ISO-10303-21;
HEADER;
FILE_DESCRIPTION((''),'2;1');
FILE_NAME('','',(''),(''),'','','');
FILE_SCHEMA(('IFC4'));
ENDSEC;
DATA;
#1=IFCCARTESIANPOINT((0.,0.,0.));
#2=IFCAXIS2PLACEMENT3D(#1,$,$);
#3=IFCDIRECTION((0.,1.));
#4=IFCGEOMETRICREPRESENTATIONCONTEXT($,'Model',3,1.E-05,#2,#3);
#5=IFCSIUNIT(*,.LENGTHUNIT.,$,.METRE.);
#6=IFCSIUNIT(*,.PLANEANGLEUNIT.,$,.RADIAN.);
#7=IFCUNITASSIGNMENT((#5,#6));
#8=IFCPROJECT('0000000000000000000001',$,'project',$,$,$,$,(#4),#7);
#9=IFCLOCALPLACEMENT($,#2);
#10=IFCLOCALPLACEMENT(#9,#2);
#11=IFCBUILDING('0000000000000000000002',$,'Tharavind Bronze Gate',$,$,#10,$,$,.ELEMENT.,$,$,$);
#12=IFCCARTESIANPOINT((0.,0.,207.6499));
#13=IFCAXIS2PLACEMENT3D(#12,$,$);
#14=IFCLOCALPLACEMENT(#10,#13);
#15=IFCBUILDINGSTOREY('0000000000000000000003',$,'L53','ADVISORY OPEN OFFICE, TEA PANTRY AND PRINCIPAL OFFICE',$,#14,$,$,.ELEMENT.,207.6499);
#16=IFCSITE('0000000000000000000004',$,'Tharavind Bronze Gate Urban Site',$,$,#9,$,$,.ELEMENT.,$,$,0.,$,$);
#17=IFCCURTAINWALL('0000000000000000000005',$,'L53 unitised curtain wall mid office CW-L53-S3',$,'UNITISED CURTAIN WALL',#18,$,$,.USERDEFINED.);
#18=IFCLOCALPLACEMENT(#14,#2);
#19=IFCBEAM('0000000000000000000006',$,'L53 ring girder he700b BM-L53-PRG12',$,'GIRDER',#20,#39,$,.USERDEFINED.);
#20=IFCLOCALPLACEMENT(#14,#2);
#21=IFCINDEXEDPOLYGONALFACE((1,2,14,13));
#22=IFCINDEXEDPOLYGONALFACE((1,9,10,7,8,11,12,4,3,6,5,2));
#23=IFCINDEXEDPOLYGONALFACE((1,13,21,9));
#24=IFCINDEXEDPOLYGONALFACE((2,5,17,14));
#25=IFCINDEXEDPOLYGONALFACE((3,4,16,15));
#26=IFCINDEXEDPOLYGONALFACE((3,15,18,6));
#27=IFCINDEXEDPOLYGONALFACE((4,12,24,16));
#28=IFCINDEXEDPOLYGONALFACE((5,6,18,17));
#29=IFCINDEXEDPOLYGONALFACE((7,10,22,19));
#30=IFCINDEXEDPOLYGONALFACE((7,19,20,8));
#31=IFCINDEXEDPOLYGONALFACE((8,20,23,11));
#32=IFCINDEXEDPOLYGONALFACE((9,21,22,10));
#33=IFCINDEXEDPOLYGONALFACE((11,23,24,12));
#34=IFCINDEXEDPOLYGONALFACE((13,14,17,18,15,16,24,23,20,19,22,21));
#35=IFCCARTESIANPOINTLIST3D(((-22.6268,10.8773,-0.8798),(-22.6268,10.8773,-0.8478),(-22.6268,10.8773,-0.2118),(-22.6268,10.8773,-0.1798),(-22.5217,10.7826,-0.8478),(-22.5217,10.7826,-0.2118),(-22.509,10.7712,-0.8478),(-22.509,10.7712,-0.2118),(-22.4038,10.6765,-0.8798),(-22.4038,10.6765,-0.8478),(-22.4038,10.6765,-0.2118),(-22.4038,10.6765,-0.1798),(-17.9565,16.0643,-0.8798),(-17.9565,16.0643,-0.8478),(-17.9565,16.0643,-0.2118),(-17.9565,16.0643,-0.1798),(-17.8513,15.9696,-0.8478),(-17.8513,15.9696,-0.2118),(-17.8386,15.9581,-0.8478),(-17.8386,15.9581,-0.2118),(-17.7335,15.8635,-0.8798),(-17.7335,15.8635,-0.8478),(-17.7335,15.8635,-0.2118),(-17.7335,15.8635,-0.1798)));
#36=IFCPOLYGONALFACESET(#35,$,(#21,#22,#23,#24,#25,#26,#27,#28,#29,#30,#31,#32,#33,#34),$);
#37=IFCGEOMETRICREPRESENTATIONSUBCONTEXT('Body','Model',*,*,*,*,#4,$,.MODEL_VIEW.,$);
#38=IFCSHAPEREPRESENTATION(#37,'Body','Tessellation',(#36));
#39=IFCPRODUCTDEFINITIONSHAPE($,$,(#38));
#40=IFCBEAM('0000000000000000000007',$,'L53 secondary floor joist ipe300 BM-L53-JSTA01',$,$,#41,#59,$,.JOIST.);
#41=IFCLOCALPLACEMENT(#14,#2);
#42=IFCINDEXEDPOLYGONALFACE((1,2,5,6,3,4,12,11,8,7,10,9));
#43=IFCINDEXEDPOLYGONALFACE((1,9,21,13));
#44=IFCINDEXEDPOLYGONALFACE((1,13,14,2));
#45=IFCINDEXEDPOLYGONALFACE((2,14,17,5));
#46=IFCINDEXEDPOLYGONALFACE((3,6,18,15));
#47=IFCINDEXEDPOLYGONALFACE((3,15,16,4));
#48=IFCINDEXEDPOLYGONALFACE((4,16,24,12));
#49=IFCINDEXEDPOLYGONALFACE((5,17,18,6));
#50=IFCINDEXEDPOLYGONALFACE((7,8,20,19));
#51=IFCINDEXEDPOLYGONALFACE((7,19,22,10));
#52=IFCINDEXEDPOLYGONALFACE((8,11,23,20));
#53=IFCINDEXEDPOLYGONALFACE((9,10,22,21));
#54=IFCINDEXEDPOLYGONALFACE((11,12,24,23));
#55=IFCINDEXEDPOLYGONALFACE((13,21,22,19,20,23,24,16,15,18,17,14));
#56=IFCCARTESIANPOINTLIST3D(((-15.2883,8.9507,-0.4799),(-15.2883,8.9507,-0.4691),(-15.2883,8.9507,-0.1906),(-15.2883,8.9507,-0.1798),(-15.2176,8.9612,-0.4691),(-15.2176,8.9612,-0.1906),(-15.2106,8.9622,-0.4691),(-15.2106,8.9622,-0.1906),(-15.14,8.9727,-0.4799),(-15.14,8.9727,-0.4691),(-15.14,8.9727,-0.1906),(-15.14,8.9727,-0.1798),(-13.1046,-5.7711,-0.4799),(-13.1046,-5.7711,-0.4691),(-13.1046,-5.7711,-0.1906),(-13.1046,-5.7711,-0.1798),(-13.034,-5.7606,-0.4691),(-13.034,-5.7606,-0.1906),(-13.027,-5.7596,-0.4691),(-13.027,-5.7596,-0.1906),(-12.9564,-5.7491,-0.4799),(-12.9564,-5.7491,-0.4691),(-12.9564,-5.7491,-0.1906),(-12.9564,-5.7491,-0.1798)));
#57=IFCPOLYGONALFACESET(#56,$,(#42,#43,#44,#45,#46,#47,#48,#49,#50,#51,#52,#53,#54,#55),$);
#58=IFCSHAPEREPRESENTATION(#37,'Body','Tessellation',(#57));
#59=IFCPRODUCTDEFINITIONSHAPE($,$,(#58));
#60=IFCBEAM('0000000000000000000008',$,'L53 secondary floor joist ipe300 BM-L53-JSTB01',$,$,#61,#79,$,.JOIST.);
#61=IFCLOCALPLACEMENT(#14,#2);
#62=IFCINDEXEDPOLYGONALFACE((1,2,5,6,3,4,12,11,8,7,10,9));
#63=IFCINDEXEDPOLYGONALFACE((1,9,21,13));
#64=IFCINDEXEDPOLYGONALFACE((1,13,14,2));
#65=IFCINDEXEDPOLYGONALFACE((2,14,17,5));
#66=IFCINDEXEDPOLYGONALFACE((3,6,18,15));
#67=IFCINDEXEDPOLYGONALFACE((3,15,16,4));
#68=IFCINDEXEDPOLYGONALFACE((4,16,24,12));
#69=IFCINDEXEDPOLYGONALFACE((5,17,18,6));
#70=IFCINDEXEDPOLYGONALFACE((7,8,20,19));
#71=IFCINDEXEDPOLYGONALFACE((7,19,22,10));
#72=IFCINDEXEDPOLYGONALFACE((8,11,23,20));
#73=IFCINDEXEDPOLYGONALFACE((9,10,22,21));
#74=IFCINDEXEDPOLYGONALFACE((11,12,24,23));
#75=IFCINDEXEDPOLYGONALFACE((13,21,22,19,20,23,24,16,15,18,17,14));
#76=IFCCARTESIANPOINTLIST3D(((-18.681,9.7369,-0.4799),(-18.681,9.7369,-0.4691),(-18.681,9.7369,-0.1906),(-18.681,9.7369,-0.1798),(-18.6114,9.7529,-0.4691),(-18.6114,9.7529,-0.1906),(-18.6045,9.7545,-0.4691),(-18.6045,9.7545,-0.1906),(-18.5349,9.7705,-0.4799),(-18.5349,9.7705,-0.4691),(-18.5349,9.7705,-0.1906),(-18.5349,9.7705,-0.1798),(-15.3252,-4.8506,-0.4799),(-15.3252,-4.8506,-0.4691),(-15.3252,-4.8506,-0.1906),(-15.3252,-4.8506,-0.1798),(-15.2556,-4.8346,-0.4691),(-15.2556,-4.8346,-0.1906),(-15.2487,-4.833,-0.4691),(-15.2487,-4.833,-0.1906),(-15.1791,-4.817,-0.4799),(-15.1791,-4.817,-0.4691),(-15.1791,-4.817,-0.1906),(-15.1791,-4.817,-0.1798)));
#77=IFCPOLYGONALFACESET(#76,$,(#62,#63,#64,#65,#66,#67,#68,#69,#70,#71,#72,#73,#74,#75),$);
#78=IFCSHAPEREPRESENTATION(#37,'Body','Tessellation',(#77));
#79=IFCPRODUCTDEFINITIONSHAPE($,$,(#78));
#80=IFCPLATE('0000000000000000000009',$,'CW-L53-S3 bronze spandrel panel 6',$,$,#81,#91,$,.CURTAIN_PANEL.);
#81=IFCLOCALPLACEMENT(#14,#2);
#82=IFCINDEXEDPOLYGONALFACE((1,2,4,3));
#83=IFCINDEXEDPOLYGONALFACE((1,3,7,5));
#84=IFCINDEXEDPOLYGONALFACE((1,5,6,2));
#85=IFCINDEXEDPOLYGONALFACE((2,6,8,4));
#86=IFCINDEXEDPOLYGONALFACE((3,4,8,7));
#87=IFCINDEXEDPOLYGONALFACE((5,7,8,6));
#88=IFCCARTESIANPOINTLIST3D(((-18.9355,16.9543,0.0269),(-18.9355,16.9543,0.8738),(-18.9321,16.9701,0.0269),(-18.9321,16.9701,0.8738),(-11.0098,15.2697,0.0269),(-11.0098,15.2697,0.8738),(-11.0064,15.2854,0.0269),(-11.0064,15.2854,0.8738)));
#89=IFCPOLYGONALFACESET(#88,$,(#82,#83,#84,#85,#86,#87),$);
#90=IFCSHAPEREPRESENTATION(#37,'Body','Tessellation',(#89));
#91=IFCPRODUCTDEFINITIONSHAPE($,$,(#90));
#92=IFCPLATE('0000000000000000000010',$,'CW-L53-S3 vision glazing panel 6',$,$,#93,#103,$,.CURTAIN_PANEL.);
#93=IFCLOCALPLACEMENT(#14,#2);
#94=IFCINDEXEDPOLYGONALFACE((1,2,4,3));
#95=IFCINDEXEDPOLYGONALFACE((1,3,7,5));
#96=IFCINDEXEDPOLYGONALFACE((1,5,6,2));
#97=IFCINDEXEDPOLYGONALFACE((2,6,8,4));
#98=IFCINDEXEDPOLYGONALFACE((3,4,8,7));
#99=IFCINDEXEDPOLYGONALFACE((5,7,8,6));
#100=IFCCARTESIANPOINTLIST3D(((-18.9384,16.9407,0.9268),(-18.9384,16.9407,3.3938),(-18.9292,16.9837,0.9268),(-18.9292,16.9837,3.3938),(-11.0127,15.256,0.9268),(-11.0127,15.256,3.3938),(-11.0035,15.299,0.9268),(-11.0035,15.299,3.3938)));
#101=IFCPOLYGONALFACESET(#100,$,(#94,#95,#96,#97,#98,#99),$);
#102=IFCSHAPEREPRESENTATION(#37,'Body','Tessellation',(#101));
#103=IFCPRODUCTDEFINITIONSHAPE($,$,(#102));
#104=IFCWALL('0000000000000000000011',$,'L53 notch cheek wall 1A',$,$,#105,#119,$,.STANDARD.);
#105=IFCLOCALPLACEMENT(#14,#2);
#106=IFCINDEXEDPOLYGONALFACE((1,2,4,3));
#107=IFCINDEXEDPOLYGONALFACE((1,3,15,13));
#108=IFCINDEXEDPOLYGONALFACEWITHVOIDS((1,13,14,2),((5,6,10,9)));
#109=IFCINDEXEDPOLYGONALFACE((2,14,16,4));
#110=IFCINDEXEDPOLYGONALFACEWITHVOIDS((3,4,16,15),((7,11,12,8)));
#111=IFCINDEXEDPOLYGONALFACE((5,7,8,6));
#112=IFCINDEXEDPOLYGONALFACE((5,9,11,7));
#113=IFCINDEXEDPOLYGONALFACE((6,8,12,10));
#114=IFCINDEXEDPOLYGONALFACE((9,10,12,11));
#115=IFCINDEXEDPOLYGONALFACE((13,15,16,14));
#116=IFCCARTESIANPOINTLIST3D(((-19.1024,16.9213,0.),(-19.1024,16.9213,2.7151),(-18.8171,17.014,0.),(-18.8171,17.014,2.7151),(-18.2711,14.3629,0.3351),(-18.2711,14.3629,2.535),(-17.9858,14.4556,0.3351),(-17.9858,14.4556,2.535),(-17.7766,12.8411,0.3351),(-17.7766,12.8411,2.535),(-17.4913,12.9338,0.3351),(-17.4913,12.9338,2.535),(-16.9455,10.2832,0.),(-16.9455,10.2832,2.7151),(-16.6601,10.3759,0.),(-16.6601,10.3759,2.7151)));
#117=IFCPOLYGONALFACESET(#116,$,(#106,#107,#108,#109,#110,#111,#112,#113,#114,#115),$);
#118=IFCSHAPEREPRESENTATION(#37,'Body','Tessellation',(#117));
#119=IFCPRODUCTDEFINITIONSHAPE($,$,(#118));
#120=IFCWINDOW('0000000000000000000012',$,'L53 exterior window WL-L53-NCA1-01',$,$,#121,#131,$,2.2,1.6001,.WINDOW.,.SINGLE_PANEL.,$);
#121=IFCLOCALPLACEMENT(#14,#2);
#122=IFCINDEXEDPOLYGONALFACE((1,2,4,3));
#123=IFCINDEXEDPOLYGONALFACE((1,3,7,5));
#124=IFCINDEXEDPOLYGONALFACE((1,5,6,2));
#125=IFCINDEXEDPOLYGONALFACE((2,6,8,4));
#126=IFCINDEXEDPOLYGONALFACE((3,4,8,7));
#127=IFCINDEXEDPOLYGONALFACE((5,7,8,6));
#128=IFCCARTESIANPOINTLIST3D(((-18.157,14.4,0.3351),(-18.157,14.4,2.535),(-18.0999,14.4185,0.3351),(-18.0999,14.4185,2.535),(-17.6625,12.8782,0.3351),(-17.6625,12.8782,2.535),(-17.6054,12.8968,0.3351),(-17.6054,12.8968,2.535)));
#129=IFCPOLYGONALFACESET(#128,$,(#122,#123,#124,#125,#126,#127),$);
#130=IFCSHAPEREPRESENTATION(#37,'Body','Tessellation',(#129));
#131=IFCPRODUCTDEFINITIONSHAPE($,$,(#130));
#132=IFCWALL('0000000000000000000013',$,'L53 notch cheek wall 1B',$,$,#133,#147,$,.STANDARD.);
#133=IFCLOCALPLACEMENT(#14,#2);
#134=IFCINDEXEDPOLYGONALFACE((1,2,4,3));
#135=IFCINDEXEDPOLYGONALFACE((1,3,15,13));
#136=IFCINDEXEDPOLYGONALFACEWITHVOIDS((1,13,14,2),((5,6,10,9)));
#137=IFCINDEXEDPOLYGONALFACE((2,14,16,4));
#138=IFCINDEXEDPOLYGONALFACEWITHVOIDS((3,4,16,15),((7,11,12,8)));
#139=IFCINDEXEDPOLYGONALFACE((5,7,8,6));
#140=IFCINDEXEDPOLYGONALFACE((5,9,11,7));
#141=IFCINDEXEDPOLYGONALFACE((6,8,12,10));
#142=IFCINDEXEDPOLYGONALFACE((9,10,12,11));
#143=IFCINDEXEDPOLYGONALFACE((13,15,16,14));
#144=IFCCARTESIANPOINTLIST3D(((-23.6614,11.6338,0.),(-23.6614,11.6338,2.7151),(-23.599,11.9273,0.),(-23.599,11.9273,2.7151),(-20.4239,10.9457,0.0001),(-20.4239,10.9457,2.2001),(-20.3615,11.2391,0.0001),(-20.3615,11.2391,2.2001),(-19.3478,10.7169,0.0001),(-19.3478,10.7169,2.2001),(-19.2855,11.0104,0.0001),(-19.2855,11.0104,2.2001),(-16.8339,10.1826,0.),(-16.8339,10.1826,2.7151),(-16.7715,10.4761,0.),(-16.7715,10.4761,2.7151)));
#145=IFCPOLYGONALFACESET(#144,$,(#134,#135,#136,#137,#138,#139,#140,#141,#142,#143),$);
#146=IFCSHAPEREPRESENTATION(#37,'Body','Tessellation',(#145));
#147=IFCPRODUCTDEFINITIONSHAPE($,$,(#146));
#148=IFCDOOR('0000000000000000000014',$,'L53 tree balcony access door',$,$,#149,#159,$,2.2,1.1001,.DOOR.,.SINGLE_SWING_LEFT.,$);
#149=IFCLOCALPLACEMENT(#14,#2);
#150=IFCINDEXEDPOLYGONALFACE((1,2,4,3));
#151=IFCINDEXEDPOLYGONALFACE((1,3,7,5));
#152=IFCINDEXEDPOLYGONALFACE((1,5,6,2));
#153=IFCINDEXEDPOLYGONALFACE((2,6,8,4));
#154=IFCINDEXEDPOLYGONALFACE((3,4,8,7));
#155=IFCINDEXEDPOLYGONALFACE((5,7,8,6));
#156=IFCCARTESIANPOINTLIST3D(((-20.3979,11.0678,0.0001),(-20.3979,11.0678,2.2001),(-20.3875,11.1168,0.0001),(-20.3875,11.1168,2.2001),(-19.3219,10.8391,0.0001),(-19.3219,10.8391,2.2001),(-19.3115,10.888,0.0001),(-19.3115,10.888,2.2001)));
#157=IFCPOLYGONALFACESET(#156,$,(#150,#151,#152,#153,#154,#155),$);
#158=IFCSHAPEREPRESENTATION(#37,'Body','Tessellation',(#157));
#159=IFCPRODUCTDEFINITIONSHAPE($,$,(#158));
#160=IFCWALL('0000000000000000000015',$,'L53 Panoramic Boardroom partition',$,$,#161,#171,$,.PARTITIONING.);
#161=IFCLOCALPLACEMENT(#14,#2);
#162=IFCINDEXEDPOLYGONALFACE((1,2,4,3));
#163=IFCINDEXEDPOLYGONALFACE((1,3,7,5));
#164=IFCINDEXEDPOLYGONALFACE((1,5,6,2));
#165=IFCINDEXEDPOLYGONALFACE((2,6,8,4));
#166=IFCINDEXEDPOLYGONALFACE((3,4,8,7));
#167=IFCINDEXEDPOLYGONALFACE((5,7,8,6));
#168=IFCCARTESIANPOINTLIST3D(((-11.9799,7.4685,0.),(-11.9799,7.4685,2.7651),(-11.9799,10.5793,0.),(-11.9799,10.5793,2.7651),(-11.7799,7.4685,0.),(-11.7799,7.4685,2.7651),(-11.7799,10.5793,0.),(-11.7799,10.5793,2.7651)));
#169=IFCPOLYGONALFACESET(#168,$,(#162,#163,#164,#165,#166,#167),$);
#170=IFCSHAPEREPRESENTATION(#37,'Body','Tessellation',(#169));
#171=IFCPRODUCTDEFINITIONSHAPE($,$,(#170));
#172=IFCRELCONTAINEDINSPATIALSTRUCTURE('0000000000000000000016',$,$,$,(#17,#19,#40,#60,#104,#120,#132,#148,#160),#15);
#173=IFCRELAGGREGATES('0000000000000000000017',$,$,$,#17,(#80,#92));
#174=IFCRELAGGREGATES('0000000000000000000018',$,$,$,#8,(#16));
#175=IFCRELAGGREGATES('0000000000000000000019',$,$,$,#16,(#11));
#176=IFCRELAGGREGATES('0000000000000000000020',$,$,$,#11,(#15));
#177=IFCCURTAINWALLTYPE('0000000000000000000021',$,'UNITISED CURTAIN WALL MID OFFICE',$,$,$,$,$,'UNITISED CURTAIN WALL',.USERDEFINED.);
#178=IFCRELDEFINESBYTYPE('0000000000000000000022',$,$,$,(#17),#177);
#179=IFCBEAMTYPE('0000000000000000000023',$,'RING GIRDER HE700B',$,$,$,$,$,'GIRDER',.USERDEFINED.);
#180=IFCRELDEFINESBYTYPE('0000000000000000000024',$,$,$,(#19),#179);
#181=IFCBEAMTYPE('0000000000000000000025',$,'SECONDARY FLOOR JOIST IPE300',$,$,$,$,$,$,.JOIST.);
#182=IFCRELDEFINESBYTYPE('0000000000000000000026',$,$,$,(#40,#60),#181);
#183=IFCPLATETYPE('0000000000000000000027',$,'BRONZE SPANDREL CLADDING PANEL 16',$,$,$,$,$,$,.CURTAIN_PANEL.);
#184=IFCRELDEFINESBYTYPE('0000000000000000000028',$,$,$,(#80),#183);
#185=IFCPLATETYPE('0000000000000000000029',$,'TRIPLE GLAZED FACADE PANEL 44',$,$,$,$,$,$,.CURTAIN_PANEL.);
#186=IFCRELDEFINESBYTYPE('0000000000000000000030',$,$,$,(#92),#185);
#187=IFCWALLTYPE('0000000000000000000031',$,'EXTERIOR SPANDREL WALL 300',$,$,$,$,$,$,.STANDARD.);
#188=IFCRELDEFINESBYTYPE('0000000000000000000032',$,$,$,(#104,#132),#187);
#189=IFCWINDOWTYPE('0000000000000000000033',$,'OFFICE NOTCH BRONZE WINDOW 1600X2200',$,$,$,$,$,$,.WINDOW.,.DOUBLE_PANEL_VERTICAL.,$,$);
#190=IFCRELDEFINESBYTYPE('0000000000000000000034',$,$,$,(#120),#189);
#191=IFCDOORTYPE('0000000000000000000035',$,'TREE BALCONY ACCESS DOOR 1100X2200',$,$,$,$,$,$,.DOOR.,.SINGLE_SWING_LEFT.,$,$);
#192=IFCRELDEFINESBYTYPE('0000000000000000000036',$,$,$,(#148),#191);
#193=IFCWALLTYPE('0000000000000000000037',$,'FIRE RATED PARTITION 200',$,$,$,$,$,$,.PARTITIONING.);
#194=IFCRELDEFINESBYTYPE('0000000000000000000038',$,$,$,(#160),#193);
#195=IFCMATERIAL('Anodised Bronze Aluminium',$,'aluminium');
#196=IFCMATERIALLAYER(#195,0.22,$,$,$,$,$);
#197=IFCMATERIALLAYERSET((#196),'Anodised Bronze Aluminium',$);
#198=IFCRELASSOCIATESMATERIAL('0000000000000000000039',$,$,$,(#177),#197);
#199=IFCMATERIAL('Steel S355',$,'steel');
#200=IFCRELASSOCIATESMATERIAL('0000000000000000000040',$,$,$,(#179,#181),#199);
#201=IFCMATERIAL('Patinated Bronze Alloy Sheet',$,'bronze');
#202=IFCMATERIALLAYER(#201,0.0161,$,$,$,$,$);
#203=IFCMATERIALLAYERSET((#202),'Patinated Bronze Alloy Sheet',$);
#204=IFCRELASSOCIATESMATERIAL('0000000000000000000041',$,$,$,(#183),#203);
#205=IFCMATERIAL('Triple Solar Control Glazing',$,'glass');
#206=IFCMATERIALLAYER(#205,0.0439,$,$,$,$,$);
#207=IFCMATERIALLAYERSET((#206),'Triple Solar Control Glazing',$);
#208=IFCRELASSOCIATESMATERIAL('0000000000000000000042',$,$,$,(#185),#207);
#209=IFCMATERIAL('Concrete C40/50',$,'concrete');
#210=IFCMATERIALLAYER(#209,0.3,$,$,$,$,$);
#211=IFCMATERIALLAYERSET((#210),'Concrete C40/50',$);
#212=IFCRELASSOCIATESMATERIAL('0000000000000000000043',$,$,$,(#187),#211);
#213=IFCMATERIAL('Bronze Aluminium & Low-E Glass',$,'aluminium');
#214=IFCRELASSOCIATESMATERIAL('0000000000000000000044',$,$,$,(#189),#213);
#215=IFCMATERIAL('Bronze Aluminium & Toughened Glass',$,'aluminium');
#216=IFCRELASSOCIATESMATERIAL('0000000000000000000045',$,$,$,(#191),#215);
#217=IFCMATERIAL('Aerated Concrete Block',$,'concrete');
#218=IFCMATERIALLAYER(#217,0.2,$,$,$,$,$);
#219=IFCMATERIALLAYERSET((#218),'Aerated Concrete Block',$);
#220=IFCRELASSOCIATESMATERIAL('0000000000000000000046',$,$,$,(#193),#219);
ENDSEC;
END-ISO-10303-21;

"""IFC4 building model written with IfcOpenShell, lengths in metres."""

from ifc_helpers import new_model, si_unit, direction, frame, frame_2d, origin, origin_2d, place, context, subcontext, project, spatial, rectangle, i_section, extrude, material, layer, layer_set, material_profile, profile_set, type_object, element, fill, aggregate, save


model = new_model("IFC4")

# Units and contexts
model_context = context("Model", 3, precision=1e-05, world=origin(), true_north=direction((0.0, 1.0)))
body_context = subcontext(model_context, "Body", "Model", "MODEL_VIEW")
ifc_project = project(units=[si_unit("LENGTHUNIT", "METRE"), si_unit("PLANEANGLEUNIT", "RADIAN")], contexts=[model_context])

# Site, building, storey
site_placement = place(None, origin())
site = spatial("IfcSite", under=ifc_project, at=site_placement, Name="Tharavind Bronze Gate Urban Site", CompositionType="ELEMENT", RefElevation=0.0)
building_placement = place(site_placement, origin())
building = spatial("IfcBuilding", under=site, at=building_placement, Name="Tharavind Bronze Gate", CompositionType="ELEMENT")
storey_placement = place(building_placement, frame((0.0, 0.0, 207.6499)))
storey = spatial("IfcBuildingStorey", under=building, at=storey_placement, Name="L53", Description="ADVISORY OPEN OFFICE, TEA PANTRY AND PRINCIPAL OFFICE", CompositionType="ELEMENT", Elevation=207.6499)

# Shared definitions
ifc_material_1 = material(Name="Anodised Bronze Aluminium", Category="aluminium")
ifc_layer_1 = layer(ifc_material_1, 0.22)
ifc_layer_set_1 = layer_set([ifc_layer_1], Name="Anodised Bronze Aluminium")
curtain_wall_type = type_object("IfcCurtainWallType", Name="UNITISED CURTAIN WALL MID OFFICE", ElementType="UNITISED CURTAIN WALL", PredefinedType="USERDEFINED", material=ifc_layer_set_1)

# Curtain wall
curtain_wall_1_placement = place(storey_placement, origin())
curtain_wall_1 = element("IfcCurtainWall", 1, at=curtain_wall_1_placement, inside=storey, type_object=curtain_wall_type, Name="L53 unitised curtain wall mid office CW-L53-S3", ObjectType="UNITISED CURTAIN WALL", PredefinedType="USERDEFINED")

# Beams
ifc_material_2 = material(Name="Steel S355", Category="steel")
ifc_material_profile_1 = material_profile(ifc_material_2, i_section(OverallWidth=0.3, OverallDepth=0.7, WebThickness=0.0171, FlangeThickness=0.032, at=origin_2d()), Name="HE700B")
ifc_profile_set_1 = profile_set([ifc_material_profile_1], Name="Steel S355")
beam_type_1 = type_object("IfcBeamType", Name="RING GIRDER HE700B", ElementType="GIRDER", PredefinedType="USERDEFINED", material=ifc_profile_set_1)
beam_1_placement = place(storey_placement, frame((-17.845, 15.9639, -0.5298), z_axis=(-0.669131, -0.743145, 0.0), x_axis=(0.743145, -0.669131, 0.0)))
element("IfcBeam", 2, at=beam_1_placement, inside=storey, type_object=beam_type_1, Name="L53 ring girder he700b BM-L53-PRG12", ObjectType="GIRDER", PredefinedType="USERDEFINED", context=body_context, shape_type="SweptSolid", body=[
    extrude(i_section(OverallWidth=0.3, OverallDepth=0.7, WebThickness=0.0171, FlangeThickness=0.032, at=origin_2d()), origin(), (0.0, 0.0, 1.0), 6.9797),
])
ifc_material_profile_2 = material_profile(ifc_material_2, i_section(OverallWidth=0.1499, OverallDepth=0.3, WebThickness=0.0071, FlangeThickness=0.0107, at=origin_2d()), Name="IPE300")
ifc_profile_set_2 = profile_set([ifc_material_profile_2], Name="Steel S355")
beam_type_2 = type_object("IfcBeamType", Name="SECONDARY FLOOR JOIST IPE300", PredefinedType="JOIST", material=ifc_profile_set_2)
beam_2_placement = place(storey_placement, frame((-15.2141, 8.9617, -0.3298), z_axis=(0.14672, -0.989178, 0.0), x_axis=(0.989178, 0.14672, 0.0)))
element("IfcBeam", 3, at=beam_2_placement, inside=storey, type_object=beam_type_2, Name="L53 secondary floor joist ipe300 BM-L53-JSTA01", PredefinedType="JOIST", context=body_context, shape_type="SweptSolid", body=[
    extrude(i_section(OverallWidth=0.1499, OverallDepth=0.3, WebThickness=0.0071, FlangeThickness=0.0107, at=origin_2d()), origin(), (0.0, 0.0, 1.0), 14.8828),
])
beam_3_placement = place(storey_placement, frame((-18.6079, 9.7537, -0.3298), z_axis=(0.224186, -0.974546, 0.0), x_axis=(0.974546, 0.224186, 0.0)))
element("IfcBeam", 4, at=beam_3_placement, inside=storey, type_object=beam_type_2, Name="L53 secondary floor joist ipe300 BM-L53-JSTB01", PredefinedType="JOIST", context=body_context, shape_type="SweptSolid", body=[
    extrude(i_section(OverallWidth=0.1499, OverallDepth=0.3, WebThickness=0.0071, FlangeThickness=0.0107, at=origin_2d()), origin(), (0.0, 0.0, 1.0), 14.9685),
])

# Plates
ifc_material_3 = material(Name="Patinated Bronze Alloy Sheet", Category="bronze")
ifc_layer_2 = layer(ifc_material_3, 0.0161)
ifc_layer_set_2 = layer_set([ifc_layer_2], Name="Patinated Bronze Alloy Sheet")
plate_type_1 = type_object("IfcPlateType", Name="BRONZE SPANDREL CLADDING PANEL 16", PredefinedType="CURTAIN_PANEL", material=ifc_layer_set_2)
plate_1_placement = place(storey_placement, frame((-14.9709, 16.1199, 0.0269), z_axis=(0.0, 0.0, 1.0), x_axis=(-0.978148, 0.207912, 0.0)))
plate_1 = element("IfcPlate", 5, at=plate_1_placement, type_object=plate_type_1, Name="CW-L53-S3 bronze spandrel panel 6", PredefinedType="CURTAIN_PANEL", context=body_context, shape_type="SweptSolid", body=[
    extrude(rectangle(XDim=8.1028, YDim=0.0161, at=origin_2d()), origin(), (0.0, 0.0, 1.0), 0.8469),
])
ifc_material_4 = material(Name="Triple Solar Control Glazing", Category="glass")
ifc_layer_3 = layer(ifc_material_4, 0.0439)
ifc_layer_set_3 = layer_set([ifc_layer_3], Name="Triple Solar Control Glazing")
plate_type_2 = type_object("IfcPlateType", Name="TRIPLE GLAZED FACADE PANEL 44", PredefinedType="CURTAIN_PANEL", material=ifc_layer_set_3)
plate_2_placement = place(storey_placement, frame((-14.9709, 16.1199, 0.9268), z_axis=(0.0, 0.0, 1.0), x_axis=(-0.978148, 0.207912, 0.0)))
plate_2 = element("IfcPlate", 6, at=plate_2_placement, type_object=plate_type_2, Name="CW-L53-S3 vision glazing panel 6", PredefinedType="CURTAIN_PANEL", context=body_context, shape_type="SweptSolid", body=[
    extrude(rectangle(XDim=8.1028, YDim=0.0439, at=origin_2d()), origin(), (0.0, 0.0, 1.0), 2.467),
])
aggregate(curtain_wall_1, [plate_1, plate_2])

# Wall, opening, window
ifc_material_5 = material(Name="Concrete C40/50", Category="concrete")
ifc_layer_4 = layer(ifc_material_5, 0.3)
ifc_layer_set_4 = layer_set([ifc_layer_4], Name="Concrete C40/50")
wall_type_1 = type_object("IfcWallType", Name="EXTERIOR SPANDREL WALL 300", PredefinedType="STANDARD", material=ifc_layer_set_4)
wall_1_placement = place(storey_placement, frame((-18.9597, 16.9675, 0.0), z_axis=(0.0, 0.0, 1.0), x_axis=(0.309031, -0.951052, 0.0)))
wall_1 = element("IfcWall", 7, at=wall_1_placement, inside=storey, type_object=wall_type_1, Name="L53 notch cheek wall 1A", PredefinedType="STANDARD", context=body_context, shape_type="SweptSolid", body=[
    extrude(rectangle(XDim=6.9797, YDim=0.3, at=frame_2d((3.4897, 0.0))), origin(), (0.0, 0.0, 1.0), 2.7151),
])
opening_1_placement = place(wall_1_placement, frame((2.6899, 0.0, 0.335)))
opening_1 = element("IfcOpeningElement", 8, at=opening_1_placement, cuts=wall_1, PredefinedType="OPENING", context=body_context, shape_type="SweptSolid", body=[
    extrude(rectangle(XDim=1.6001, YDim=2.2, at=frame_2d((0.8, 1.1001))), frame((0.0, 0.1599, 0.0), z_axis=(0.0, -1.0, 0.0), x_axis=(1.0, 0.0, 0.0)), (0.0, 0.0, 1.0), 0.32),
])
ifc_material_6 = material(Name="Bronze Aluminium & Low-E Glass", Category="aluminium")
window_type = type_object("IfcWindowType", Name="OFFICE NOTCH BRONZE WINDOW 1600X2200", PartitioningType="DOUBLE_PANEL_VERTICAL", PredefinedType="WINDOW", material=ifc_material_6)
window_placement = place(opening_1_placement, origin())
window = element("IfcWindow", 9, at=window_placement, inside=storey, type_object=window_type, Name="L53 exterior window WL-L53-NCA1-01", OverallHeight=2.2, OverallWidth=1.6001, PartitioningType="SINGLE_PANEL", PredefinedType="WINDOW", context=body_context, shape_type="SweptSolid", body=[
    extrude(rectangle(XDim=1.6001, YDim=2.2, at=frame_2d((0.8, 1.1001))), frame((0.0, 0.03, 0.0), z_axis=(0.0, -1.0, 0.0), x_axis=(1.0, 0.0, 0.0)), (0.0, 0.0, 1.0), 0.0601),
])
fill(opening_1, window)

# Wall, opening, door
wall_2_placement = place(storey_placement, frame((-16.8027, 10.3293, 0.0), z_axis=(0.0, 0.0, 1.0), x_axis=(-0.978149, 0.207907, 0.0)))
wall_2 = element("IfcWall", 10, at=wall_2_placement, inside=storey, type_object=wall_type_1, Name="L53 notch cheek wall 1B", PredefinedType="STANDARD", context=body_context, shape_type="SweptSolid", body=[
    extrude(rectangle(XDim=6.98, YDim=0.3, at=frame_2d((3.49, 0.0))), origin(), (0.0, 0.0, 1.0), 2.7151),
])
opening_2_placement = place(wall_2_placement, frame((2.5701, 0.0, 0.0)))
opening_2 = element("IfcOpeningElement", 11, at=opening_2_placement, cuts=wall_2, PredefinedType="OPENING", context=body_context, shape_type="SweptSolid", body=[
    extrude(rectangle(XDim=1.1001, YDim=2.2, at=frame_2d((0.55, 1.1001))), frame((0.0, 0.1599, 0.0), z_axis=(0.0, -1.0, 0.0), x_axis=(1.0, 0.0, 0.0)), (0.0, 0.0, 1.0), 0.32),
])
ifc_material_7 = material(Name="Bronze Aluminium & Toughened Glass", Category="aluminium")
door_type = type_object("IfcDoorType", Name="TREE BALCONY ACCESS DOOR 1100X2200", OperationType="SINGLE_SWING_LEFT", PredefinedType="DOOR", material=ifc_material_7)
door_placement = place(opening_2_placement, frame((1.1001, 0.0, 0.0), z_axis=(0.0, 0.0, 1.0), x_axis=(-1.0, 0.0, 0.0)))
door = element("IfcDoor", 12, at=door_placement, inside=storey, type_object=door_type, Name="L53 tree balcony access door", OperationType="SINGLE_SWING_LEFT", OverallHeight=2.2, OverallWidth=1.1001, PredefinedType="DOOR", context=body_context, shape_type="SweptSolid", body=[
    extrude(rectangle(XDim=1.1001, YDim=2.2, at=frame_2d((0.55, 1.1001))), frame((0.0, 0.0249, 0.0), z_axis=(0.0, -1.0, 0.0), x_axis=(1.0, 0.0, 0.0)), (0.0, 0.0, 1.0), 0.05),
])
fill(opening_2, door)

# Wall
ifc_material_8 = material(Name="Aerated Concrete Block", Category="concrete")
ifc_layer_5 = layer(ifc_material_8, 0.2)
ifc_layer_set_5 = layer_set([ifc_layer_5], Name="Aerated Concrete Block")
wall_type_2 = type_object("IfcWallType", Name="FIRE RATED PARTITION 200", PredefinedType="PARTITIONING", material=ifc_layer_set_5)
wall_3_placement = place(storey_placement, frame((-11.8799, 10.5793, 0.0), z_axis=(0.0, 0.0, 1.0), x_axis=(0.0, -1.0, 0.0)))
element("IfcWall", 13, at=wall_3_placement, inside=storey, type_object=wall_type_2, Name="L53 Panoramic Boardroom partition", PredefinedType="PARTITIONING", context=body_context, shape_type="SweptSolid", body=[
    extrude(rectangle(XDim=3.1108, YDim=0.2, at=frame_2d((1.5554, 0.0))), origin(), (0.0, 0.0, 1.0), 2.7651),
])

save(model, "model.ifc")
